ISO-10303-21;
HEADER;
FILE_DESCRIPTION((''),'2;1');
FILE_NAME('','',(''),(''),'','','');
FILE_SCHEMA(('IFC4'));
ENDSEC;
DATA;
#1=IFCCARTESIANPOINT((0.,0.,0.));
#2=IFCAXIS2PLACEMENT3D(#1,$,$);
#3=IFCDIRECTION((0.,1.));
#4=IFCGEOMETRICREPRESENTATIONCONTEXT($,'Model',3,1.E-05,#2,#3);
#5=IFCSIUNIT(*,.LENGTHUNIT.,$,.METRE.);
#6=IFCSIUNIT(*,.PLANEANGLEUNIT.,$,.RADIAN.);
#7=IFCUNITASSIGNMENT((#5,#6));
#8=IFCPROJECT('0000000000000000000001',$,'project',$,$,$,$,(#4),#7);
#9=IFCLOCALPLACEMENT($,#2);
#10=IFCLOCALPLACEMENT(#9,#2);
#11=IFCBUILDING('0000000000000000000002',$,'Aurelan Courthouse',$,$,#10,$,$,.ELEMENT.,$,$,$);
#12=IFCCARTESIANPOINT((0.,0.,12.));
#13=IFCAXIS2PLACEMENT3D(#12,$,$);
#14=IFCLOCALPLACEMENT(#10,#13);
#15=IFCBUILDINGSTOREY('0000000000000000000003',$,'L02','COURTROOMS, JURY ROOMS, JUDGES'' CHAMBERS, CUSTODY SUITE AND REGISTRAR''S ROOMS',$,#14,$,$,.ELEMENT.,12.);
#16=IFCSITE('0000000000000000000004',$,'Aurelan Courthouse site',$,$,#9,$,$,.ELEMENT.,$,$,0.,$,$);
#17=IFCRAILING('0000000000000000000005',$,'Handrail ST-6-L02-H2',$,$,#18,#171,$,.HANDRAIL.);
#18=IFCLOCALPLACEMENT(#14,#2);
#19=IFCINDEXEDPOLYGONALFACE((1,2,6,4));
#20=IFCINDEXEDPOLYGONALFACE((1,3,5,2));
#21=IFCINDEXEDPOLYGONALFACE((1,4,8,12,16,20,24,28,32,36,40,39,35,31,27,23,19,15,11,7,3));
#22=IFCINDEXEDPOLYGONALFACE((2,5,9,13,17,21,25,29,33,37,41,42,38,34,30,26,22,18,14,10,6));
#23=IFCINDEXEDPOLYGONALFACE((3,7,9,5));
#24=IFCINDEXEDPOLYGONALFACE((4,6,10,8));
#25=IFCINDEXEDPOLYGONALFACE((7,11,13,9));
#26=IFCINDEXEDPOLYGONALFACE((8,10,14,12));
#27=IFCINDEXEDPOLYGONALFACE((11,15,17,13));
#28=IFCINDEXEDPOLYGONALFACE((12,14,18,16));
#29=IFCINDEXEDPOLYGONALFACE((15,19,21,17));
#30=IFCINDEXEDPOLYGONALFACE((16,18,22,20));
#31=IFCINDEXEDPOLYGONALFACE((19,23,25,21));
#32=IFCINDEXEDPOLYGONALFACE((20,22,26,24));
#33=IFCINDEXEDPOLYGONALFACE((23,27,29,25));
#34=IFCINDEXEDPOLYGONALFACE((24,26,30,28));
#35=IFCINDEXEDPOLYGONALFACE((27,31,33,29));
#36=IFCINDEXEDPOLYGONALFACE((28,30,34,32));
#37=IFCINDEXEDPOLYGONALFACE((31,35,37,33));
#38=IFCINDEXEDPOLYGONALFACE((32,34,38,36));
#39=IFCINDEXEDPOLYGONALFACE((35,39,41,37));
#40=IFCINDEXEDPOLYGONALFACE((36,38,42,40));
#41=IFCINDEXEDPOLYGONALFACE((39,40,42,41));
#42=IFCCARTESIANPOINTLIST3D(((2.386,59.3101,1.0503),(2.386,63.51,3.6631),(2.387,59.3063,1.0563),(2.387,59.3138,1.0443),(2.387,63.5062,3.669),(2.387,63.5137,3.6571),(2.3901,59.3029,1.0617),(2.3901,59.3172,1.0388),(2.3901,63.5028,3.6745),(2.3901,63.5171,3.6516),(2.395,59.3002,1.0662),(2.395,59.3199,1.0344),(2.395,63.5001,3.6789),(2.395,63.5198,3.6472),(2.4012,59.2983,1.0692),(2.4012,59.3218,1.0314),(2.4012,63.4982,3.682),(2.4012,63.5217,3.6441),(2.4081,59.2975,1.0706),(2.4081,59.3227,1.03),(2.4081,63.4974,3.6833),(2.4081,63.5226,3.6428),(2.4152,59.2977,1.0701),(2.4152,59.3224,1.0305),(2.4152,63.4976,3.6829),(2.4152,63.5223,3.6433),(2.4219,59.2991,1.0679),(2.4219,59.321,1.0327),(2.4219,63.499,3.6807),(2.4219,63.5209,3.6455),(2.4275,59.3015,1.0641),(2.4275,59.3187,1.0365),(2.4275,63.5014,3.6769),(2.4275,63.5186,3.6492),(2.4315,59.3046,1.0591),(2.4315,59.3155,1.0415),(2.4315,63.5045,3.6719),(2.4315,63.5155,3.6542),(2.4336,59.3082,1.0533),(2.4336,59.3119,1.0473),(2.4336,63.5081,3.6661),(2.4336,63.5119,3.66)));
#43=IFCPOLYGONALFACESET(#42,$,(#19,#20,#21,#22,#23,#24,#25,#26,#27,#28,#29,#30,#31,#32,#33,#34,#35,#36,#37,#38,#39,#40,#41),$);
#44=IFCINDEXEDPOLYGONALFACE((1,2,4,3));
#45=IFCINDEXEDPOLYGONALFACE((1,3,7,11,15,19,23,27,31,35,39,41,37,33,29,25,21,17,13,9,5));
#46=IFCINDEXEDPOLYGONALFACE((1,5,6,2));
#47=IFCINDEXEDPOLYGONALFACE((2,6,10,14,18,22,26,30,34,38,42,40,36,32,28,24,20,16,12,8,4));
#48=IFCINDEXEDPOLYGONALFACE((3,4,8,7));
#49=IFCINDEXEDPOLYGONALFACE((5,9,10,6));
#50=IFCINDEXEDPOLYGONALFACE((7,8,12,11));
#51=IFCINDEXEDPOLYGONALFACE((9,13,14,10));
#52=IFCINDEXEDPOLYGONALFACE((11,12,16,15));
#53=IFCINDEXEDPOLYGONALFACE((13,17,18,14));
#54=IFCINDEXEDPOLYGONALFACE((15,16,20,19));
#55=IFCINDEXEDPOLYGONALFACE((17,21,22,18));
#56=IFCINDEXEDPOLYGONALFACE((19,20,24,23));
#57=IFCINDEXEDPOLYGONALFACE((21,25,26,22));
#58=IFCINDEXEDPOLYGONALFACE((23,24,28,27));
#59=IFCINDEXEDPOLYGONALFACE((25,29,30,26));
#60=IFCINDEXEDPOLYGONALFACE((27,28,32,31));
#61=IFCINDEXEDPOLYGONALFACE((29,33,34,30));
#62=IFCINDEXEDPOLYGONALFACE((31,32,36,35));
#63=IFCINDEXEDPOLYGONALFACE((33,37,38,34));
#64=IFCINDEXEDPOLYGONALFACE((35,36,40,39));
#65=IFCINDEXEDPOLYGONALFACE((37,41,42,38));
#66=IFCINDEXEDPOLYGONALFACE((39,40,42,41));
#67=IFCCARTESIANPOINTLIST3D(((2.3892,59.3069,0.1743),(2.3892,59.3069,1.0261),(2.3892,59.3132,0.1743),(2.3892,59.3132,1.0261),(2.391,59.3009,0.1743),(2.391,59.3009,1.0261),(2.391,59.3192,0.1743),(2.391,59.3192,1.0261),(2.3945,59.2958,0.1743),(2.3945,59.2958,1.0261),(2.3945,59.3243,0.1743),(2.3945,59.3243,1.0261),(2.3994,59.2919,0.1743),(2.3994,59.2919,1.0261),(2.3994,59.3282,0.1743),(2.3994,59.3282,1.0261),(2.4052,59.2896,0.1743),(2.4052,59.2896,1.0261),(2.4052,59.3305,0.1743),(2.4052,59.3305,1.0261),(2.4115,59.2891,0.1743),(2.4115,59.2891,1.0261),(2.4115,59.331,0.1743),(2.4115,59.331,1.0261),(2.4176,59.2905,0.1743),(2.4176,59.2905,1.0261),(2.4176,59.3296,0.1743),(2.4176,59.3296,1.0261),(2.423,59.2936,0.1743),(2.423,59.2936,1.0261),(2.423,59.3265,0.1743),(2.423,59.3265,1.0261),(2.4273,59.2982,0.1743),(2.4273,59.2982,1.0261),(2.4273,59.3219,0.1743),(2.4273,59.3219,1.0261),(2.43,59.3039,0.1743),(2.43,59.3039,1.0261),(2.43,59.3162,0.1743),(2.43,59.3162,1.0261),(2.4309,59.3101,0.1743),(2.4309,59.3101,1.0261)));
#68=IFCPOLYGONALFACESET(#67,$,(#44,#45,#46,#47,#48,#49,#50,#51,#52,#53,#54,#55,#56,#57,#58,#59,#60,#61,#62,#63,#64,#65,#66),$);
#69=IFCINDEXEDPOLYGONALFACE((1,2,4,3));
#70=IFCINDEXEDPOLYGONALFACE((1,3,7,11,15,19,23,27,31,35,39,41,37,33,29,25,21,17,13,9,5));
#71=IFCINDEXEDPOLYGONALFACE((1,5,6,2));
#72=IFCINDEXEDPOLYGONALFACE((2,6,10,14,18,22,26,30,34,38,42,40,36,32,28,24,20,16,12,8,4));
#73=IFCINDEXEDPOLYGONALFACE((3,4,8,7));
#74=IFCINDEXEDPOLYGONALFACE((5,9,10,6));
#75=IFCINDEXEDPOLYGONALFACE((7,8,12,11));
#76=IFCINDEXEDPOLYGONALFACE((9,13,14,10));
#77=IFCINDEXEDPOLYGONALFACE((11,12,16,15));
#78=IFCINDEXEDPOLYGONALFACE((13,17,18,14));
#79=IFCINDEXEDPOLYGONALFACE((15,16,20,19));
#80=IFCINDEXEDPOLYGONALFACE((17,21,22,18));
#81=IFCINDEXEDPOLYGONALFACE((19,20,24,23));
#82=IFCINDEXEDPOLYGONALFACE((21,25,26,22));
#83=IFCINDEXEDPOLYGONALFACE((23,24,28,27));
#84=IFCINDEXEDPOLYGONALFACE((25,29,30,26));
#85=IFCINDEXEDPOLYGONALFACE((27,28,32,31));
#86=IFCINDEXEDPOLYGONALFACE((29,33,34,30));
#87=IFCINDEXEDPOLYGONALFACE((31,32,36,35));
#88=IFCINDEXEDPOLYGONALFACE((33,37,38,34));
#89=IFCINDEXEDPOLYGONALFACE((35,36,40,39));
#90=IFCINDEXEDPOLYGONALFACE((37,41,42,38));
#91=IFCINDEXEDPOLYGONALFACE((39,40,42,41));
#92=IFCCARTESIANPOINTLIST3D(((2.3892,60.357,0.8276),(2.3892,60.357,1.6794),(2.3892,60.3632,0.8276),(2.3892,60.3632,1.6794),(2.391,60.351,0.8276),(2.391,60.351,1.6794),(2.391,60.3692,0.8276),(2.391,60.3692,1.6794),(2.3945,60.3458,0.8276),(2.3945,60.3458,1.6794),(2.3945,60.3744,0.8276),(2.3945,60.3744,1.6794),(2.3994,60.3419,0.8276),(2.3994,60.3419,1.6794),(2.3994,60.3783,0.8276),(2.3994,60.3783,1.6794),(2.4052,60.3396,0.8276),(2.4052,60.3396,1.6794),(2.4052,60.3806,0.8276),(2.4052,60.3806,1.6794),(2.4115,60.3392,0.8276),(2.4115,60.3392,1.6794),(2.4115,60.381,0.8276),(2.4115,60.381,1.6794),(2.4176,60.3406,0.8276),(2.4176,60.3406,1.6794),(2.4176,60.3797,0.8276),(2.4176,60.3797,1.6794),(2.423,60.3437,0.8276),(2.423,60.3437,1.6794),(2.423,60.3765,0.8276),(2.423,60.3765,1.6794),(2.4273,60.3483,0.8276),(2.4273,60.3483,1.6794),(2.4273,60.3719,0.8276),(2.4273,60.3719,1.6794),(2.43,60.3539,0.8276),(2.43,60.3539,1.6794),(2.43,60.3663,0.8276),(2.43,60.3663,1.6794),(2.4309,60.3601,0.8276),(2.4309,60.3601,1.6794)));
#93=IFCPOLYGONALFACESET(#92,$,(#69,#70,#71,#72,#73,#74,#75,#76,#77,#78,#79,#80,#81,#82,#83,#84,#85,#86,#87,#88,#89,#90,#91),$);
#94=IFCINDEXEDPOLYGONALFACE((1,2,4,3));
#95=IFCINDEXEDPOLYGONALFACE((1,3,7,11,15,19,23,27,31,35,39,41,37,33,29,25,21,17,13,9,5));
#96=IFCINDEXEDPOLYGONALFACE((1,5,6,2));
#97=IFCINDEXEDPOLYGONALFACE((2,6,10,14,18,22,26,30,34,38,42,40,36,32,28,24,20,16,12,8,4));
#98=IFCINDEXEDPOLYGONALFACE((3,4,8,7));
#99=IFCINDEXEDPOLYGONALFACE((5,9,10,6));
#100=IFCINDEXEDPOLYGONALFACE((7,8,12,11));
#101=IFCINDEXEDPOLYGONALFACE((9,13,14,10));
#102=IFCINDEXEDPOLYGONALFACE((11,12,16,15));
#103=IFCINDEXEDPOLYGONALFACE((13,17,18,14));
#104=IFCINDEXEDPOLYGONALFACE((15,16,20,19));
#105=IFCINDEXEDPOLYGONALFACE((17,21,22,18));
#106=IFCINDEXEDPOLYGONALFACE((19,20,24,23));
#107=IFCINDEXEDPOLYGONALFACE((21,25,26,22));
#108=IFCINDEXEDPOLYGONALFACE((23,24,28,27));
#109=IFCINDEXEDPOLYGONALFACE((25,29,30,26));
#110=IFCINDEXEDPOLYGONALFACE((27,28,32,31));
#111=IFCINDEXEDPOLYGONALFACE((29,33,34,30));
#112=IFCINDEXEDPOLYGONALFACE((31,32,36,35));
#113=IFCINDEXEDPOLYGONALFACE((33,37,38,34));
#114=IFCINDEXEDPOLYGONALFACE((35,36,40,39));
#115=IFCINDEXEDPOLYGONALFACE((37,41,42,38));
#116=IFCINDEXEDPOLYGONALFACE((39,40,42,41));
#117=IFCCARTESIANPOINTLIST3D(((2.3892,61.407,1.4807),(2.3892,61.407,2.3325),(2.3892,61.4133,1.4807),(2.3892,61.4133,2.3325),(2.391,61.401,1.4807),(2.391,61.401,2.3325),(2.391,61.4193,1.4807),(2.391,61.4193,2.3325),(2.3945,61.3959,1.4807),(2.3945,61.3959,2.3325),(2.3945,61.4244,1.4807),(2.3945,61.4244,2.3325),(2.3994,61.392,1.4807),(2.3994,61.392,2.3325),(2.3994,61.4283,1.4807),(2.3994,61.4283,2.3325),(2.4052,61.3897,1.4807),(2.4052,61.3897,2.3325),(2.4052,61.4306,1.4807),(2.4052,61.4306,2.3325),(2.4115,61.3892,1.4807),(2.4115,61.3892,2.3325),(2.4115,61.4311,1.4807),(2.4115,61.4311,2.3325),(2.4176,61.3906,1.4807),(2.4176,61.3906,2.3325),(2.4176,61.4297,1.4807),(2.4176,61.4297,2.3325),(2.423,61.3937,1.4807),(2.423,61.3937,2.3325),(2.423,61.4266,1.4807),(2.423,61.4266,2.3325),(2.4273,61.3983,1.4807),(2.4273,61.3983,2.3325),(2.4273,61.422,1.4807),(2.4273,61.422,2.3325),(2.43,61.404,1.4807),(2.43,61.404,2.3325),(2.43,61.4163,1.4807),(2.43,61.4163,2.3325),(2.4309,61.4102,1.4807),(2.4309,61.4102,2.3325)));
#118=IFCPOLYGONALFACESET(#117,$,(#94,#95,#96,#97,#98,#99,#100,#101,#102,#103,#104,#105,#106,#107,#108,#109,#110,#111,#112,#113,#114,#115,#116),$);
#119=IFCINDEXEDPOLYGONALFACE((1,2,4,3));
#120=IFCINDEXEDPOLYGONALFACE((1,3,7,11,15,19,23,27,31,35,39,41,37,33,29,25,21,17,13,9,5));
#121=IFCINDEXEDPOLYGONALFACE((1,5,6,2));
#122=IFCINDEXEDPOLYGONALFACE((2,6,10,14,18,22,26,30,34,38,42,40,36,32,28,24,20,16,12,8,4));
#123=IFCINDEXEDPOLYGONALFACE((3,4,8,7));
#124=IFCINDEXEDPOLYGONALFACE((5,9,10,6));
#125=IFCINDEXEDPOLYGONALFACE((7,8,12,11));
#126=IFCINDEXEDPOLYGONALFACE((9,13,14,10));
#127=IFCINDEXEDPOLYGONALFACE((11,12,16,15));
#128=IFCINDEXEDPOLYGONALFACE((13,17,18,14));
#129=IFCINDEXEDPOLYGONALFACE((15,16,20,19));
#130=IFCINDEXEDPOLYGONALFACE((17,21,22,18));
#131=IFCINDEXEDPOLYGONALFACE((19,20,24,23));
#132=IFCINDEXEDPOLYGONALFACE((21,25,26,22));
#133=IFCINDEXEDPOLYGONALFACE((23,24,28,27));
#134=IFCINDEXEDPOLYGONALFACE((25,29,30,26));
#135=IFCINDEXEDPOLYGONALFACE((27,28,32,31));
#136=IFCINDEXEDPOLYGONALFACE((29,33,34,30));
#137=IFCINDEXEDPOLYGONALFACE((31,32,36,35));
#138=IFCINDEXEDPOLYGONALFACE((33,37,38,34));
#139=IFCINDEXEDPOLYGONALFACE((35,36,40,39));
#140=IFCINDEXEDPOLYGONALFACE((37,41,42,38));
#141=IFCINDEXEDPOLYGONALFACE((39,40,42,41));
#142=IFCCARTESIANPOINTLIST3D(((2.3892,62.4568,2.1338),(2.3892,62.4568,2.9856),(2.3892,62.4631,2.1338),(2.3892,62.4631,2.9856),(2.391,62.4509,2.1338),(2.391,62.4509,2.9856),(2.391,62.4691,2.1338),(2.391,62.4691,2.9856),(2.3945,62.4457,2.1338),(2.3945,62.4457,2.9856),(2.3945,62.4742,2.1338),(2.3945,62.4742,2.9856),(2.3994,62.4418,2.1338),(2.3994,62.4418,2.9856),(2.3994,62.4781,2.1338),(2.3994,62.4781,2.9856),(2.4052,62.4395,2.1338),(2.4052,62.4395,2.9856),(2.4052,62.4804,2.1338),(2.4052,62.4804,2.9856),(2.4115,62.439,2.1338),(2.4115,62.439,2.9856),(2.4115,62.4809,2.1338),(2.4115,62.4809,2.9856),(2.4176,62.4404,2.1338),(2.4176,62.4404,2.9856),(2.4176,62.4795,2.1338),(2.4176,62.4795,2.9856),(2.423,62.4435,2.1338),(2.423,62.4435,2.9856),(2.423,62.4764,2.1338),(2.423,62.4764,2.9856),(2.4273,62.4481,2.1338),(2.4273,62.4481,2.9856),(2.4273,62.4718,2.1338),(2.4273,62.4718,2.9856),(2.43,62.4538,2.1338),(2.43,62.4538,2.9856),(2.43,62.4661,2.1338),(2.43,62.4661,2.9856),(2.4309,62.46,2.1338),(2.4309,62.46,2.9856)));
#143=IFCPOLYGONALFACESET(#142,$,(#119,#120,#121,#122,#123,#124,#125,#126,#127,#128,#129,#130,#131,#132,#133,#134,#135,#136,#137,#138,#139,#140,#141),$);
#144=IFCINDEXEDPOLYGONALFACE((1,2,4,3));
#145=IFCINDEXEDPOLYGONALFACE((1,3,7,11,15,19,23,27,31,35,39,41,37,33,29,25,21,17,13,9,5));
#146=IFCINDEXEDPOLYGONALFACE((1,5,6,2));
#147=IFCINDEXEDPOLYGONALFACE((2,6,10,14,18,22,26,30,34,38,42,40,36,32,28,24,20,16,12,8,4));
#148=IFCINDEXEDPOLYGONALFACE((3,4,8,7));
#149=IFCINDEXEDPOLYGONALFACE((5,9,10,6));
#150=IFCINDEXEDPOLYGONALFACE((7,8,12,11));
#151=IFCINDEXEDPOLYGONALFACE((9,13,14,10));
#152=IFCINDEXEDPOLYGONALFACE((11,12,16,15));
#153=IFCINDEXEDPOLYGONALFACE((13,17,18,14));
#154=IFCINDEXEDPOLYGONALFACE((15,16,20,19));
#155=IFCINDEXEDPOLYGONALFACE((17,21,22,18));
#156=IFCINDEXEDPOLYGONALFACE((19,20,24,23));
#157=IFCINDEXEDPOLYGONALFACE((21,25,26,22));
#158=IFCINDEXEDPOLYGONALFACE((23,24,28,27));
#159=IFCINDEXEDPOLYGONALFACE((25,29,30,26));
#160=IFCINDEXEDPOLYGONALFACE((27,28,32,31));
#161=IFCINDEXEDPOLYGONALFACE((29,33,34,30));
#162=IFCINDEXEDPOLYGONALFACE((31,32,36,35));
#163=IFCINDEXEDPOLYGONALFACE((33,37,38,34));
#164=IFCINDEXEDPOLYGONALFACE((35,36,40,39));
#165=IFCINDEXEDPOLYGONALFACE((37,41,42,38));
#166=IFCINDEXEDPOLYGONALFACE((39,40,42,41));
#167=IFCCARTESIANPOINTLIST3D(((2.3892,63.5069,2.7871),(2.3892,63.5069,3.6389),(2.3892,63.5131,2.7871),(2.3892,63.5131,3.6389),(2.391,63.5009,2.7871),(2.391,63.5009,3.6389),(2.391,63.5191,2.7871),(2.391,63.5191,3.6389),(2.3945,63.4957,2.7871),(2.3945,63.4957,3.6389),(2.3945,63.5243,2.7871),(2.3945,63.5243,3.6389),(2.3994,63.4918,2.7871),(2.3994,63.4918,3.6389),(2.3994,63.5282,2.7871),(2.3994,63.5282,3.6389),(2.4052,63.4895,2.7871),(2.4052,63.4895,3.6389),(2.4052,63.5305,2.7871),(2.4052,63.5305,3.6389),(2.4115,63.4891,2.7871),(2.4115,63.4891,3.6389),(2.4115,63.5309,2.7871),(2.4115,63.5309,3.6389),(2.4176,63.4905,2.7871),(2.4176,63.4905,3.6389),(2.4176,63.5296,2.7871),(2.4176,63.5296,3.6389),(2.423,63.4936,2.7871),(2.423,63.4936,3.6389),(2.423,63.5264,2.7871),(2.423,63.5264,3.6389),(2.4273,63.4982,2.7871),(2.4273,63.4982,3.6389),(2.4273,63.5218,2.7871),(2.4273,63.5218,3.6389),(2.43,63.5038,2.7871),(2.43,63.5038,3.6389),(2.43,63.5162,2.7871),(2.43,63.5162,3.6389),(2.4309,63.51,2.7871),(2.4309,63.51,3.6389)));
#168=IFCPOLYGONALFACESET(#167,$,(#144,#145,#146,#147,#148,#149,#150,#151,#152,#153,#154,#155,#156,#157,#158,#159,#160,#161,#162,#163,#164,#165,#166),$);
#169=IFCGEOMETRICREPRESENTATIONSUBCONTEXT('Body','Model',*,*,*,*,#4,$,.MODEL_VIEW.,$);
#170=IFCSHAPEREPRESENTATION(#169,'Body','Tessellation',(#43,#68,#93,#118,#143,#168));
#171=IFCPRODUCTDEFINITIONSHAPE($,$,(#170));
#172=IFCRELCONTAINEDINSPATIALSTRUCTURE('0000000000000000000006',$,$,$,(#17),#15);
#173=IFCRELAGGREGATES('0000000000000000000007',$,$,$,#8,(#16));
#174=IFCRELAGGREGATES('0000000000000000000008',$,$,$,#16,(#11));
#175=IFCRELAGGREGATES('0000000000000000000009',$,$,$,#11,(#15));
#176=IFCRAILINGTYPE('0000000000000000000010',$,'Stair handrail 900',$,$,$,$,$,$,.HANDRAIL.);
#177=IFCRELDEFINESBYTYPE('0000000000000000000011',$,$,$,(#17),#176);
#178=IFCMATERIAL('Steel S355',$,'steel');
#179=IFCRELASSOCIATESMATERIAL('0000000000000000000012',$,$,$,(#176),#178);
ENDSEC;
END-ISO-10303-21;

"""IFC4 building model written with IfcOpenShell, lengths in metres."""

from ifc_helpers import new_model, si_unit, direction, frame, origin, origin_2d, place, context, subcontext, project, spatial, circle, extrude, material, type_object, element, save


model = new_model("IFC4")

# Units and contexts
model_context = context("Model", 3, precision=1e-05, world=origin(), true_north=direction((0.0, 1.0)))
body_context = subcontext(model_context, "Body", "Model", "MODEL_VIEW")
ifc_project = project(units=[si_unit("LENGTHUNIT", "METRE"), si_unit("PLANEANGLEUNIT", "RADIAN")], contexts=[model_context])

# Site, building, storey
site_placement = place(None, origin())
site = spatial("IfcSite", under=ifc_project, at=site_placement, Name="Aurelan Courthouse site", CompositionType="ELEMENT", RefElevation=0.0)
building_placement = place(site_placement, origin())
building = spatial("IfcBuilding", under=site, at=building_placement, Name="Aurelan Courthouse", CompositionType="ELEMENT")
storey_placement = place(building_placement, frame((0.0, 0.0, 12.0)))
storey = spatial("IfcBuildingStorey", under=building, at=storey_placement, Name="L02", Description="COURTROOMS, JURY ROOMS, JUDGES' CHAMBERS, CUSTODY SUITE AND REGISTRAR'S ROOMS", CompositionType="ELEMENT", Elevation=12.0)

# Railing
ifc_material_1 = material(Name="Steel S355", Category="steel")
railing_type = type_object("IfcRailingType", Name="Stair handrail 900", PredefinedType="HANDRAIL", material=ifc_material_1)
for number, where, name in (
    (1, (2.4099, 59.3101, 0.1743), "Handrail ST-6-L02-H2"),
):
    element("IfcRailing", number, at=place(storey_placement, frame(where)), inside=storey, type_object=railing_type, Name=name, PredefinedType="HANDRAIL", context=body_context, shape_type="SweptSolid", body=[
        extrude(circle(Radius=0.0239, at=origin_2d()), frame((0.0, 0.0, 0.876), z_axis=(0.0, 0.849103, 0.528228), x_axis=(-1.0, 0.0, 0.0)), (0.0, 0.0, 1.0), 4.9463),
        extrude(circle(Radius=0.021, at=origin_2d()), origin(), (0.0, 0.0, 1.0), 0.8518),
        extrude(circle(Radius=0.021, at=origin_2d()), frame((0.0, 1.05, 0.6533)), (0.0, 0.0, 1.0), 0.8518),
        extrude(circle(Radius=0.021, at=origin_2d()), frame((0.0, 2.1001, 1.3064)), (0.0, 0.0, 1.0), 0.8518),
        extrude(circle(Radius=0.021, at=origin_2d()), frame((0.0, 3.1499, 1.9595)), (0.0, 0.0, 1.0), 0.8518),
        extrude(circle(Radius=0.021, at=origin_2d()), frame((0.0, 4.2, 2.6128)), (0.0, 0.0, 1.0), 0.8518),
    ])

save(model, "model.ifc")
